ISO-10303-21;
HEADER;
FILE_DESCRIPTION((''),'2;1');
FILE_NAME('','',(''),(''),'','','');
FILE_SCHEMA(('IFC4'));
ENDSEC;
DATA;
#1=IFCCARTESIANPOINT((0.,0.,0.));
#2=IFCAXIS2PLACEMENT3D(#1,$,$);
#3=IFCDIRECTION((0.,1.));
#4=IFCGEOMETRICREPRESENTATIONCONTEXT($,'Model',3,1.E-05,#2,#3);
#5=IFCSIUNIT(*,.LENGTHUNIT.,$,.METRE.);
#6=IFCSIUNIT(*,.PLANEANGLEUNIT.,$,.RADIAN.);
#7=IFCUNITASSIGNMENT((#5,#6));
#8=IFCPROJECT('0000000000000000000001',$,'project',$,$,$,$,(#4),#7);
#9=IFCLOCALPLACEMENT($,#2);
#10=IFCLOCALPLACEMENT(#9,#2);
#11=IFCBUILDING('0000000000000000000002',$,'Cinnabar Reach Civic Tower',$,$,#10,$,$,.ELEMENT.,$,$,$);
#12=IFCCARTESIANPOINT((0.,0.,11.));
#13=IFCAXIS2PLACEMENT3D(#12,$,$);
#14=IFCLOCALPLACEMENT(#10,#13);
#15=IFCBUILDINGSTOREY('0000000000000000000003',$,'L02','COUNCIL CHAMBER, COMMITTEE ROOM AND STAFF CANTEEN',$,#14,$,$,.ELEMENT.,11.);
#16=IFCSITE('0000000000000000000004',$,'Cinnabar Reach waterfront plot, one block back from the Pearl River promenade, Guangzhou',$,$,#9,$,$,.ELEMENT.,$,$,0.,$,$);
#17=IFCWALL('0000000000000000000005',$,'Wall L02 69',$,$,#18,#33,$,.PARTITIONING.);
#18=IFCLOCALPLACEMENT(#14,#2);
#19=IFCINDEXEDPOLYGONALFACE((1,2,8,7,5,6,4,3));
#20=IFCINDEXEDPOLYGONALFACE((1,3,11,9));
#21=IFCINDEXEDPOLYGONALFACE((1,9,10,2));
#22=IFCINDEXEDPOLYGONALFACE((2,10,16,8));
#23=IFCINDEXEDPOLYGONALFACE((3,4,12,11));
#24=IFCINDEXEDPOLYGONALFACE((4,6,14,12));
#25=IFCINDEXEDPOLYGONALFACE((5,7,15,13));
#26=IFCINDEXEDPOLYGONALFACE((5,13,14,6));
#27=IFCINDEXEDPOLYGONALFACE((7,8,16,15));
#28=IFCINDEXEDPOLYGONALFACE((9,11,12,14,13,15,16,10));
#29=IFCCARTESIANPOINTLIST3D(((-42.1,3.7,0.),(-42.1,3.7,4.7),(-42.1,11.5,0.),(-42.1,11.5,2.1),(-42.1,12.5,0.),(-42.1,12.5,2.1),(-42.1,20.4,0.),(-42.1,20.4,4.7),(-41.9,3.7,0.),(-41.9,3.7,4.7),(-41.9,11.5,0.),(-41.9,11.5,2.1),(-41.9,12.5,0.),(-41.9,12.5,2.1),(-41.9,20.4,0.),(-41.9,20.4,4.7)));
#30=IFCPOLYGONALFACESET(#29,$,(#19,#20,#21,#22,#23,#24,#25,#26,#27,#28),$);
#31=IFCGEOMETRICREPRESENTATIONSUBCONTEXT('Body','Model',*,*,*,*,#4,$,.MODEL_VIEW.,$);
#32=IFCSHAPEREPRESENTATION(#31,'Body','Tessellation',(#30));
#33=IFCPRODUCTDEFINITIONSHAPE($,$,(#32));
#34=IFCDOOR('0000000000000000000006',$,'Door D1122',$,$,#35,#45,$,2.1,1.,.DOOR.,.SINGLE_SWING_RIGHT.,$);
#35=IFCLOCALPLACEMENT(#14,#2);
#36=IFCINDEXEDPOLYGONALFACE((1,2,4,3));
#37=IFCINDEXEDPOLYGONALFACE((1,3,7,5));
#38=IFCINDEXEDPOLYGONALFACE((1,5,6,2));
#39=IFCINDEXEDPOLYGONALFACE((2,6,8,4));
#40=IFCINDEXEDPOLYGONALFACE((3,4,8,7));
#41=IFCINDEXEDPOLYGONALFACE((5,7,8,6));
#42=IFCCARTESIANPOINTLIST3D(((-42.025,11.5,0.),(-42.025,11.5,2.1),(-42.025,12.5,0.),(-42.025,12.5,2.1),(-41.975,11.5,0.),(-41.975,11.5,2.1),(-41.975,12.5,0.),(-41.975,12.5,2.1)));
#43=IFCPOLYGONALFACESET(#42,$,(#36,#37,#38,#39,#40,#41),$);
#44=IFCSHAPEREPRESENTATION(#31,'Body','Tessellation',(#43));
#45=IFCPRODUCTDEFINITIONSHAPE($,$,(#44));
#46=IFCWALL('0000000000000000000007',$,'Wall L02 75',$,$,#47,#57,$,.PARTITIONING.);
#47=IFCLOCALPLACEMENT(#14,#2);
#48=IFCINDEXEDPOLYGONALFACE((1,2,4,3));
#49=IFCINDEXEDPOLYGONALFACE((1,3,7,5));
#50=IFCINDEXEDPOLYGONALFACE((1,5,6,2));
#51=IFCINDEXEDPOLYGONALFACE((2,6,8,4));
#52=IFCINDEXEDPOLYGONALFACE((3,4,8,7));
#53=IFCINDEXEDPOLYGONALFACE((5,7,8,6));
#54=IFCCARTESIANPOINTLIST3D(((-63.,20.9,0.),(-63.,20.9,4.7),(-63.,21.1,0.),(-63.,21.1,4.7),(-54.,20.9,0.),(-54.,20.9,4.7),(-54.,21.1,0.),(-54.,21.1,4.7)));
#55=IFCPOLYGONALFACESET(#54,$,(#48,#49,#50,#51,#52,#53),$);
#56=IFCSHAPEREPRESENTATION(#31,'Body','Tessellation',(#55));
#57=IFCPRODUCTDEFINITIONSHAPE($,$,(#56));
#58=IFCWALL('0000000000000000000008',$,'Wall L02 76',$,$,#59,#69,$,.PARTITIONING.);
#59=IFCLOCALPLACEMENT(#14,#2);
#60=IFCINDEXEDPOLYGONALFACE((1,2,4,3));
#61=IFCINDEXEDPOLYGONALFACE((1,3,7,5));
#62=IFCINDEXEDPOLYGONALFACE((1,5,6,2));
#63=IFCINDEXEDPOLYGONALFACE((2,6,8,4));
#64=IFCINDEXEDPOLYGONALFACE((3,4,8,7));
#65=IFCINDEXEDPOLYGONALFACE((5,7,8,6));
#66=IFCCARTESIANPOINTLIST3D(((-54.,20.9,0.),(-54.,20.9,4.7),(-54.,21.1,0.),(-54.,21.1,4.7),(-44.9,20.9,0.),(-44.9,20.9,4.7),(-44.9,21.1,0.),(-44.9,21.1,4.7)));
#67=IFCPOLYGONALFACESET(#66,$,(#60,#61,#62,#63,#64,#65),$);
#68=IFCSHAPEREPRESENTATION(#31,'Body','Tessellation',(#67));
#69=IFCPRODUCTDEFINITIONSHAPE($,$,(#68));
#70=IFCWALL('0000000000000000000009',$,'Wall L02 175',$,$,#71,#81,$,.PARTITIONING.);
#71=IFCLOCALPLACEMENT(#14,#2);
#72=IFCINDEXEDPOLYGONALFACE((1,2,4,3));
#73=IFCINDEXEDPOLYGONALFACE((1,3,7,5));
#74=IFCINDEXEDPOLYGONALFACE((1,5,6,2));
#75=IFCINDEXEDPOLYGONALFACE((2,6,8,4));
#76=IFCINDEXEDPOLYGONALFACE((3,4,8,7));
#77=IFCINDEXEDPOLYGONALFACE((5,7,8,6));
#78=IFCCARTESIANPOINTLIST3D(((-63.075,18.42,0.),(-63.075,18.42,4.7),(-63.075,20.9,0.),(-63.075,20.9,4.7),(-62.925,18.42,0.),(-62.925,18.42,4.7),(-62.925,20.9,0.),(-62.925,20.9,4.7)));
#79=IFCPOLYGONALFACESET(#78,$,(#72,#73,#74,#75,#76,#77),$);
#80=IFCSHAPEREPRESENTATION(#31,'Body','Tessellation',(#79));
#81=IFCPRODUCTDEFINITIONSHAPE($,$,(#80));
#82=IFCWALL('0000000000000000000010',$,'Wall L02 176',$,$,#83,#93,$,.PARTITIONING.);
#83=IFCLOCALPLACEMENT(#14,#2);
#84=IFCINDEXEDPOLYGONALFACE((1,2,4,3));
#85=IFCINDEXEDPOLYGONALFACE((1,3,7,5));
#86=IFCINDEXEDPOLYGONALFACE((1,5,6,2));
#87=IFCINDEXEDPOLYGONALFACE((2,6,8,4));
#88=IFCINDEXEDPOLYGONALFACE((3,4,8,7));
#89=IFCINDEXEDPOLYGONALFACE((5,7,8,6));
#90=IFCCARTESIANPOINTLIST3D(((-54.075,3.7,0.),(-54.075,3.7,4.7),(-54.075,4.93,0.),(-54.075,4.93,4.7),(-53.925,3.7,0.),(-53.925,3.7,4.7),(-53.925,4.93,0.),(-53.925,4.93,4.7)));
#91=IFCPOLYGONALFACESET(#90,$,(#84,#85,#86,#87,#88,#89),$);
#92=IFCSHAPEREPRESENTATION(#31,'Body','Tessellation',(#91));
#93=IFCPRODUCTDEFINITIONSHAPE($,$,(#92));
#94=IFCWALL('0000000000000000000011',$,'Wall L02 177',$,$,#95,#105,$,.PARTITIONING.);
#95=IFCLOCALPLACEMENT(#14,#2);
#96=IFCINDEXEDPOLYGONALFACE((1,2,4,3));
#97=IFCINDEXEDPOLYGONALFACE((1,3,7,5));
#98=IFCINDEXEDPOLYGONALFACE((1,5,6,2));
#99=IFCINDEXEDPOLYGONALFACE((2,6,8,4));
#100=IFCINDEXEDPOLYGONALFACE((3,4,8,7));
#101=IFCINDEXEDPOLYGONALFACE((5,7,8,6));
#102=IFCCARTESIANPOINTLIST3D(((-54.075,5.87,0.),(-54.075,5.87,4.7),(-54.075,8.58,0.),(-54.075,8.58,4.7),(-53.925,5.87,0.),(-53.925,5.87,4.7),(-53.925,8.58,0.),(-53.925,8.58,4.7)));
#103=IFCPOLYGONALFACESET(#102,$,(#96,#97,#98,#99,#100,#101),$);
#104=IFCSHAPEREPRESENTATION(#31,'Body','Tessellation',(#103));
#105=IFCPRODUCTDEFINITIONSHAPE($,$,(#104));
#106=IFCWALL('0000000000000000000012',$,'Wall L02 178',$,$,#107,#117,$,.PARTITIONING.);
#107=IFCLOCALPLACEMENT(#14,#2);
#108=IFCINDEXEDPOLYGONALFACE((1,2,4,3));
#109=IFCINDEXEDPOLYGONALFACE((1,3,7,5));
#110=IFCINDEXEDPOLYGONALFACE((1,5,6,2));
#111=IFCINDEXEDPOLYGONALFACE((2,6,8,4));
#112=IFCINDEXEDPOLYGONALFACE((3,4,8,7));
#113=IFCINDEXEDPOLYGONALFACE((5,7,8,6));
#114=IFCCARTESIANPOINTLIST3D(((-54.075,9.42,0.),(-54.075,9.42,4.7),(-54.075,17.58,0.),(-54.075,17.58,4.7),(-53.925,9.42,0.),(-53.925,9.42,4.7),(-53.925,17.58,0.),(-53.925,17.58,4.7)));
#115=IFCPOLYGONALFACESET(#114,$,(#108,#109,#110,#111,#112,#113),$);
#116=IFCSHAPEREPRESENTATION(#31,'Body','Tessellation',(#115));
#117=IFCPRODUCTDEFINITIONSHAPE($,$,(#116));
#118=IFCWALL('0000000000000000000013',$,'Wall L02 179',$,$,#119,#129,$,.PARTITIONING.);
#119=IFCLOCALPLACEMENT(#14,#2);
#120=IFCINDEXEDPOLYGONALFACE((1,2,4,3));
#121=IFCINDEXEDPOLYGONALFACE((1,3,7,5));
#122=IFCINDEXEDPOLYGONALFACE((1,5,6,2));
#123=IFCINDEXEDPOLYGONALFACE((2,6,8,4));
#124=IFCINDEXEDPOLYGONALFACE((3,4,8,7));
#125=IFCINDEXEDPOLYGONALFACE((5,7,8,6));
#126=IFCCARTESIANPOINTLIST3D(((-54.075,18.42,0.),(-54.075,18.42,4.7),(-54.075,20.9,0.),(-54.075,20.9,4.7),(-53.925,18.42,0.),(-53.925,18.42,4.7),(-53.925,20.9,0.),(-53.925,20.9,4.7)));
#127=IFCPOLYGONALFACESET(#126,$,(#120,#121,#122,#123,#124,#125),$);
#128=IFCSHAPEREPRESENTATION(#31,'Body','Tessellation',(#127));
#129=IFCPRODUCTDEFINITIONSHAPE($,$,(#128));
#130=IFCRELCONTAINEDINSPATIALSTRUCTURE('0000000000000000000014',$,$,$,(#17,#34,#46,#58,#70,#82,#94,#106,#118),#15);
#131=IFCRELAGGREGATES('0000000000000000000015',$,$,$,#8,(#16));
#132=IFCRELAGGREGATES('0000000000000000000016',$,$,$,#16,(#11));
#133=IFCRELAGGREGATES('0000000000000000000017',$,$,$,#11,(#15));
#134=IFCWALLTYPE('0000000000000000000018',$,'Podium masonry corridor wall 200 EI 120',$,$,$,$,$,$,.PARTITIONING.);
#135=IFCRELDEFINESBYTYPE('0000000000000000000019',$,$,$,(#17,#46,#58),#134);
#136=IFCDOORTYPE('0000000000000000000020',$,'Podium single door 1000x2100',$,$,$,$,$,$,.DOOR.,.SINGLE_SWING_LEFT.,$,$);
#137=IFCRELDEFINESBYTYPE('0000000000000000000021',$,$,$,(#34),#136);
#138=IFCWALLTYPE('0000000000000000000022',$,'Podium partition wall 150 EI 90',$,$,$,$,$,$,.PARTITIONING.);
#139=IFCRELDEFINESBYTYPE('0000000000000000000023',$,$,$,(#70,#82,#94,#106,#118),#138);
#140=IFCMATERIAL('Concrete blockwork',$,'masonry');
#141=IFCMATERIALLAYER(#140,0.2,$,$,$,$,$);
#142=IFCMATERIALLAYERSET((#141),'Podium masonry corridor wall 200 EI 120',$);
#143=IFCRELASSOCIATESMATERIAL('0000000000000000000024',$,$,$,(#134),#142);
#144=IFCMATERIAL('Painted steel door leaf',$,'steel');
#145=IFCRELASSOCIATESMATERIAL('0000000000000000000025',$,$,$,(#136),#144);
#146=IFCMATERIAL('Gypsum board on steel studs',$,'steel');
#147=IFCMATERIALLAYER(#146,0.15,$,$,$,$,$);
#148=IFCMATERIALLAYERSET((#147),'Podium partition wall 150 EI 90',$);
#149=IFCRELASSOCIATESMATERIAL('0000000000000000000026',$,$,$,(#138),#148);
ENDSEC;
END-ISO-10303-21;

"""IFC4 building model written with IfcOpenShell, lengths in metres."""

from ifc_helpers import new_model, si_unit, direction, frame, frame_2d, origin, place, context, subcontext, project, spatial, rectangle, extrude, material, layer, layer_set, type_object, element, fill, save


model = new_model("IFC4")

# Units and contexts
model_context = context("Model", 3, precision=1e-05, world=origin(), true_north=direction((0.0, 1.0)))
body_context = subcontext(model_context, "Body", "Model", "MODEL_VIEW")
ifc_project = project(units=[si_unit("LENGTHUNIT", "METRE"), si_unit("PLANEANGLEUNIT", "RADIAN")], contexts=[model_context])

# Site, building, storey
site_placement = place(None, origin())
site = spatial("IfcSite", under=ifc_project, at=site_placement, Name="Cinnabar Reach waterfront plot, one block back from the Pearl River promenade, Guangzhou", CompositionType="ELEMENT", RefElevation=0.0)
building_placement = place(site_placement, origin())
building = spatial("IfcBuilding", under=site, at=building_placement, Name="Cinnabar Reach Civic Tower", CompositionType="ELEMENT")
storey_placement = place(building_placement, frame((0.0, 0.0, 11.0)))
storey = spatial("IfcBuildingStorey", under=building, at=storey_placement, Name="L02", Description="COUNCIL CHAMBER, COMMITTEE ROOM AND STAFF CANTEEN", CompositionType="ELEMENT", Elevation=11.0)

# Shared definitions
ifc_material_1 = material(Name="Concrete blockwork", Category="masonry")
ifc_layer_1 = layer(ifc_material_1, 0.2)
ifc_layer_set_1 = layer_set([ifc_layer_1], Name="Podium masonry corridor wall 200 EI 120")
wall_type_1 = type_object("IfcWallType", Name="Podium masonry corridor wall 200 EI 120", PredefinedType="PARTITIONING", material=ifc_layer_set_1)

# Shared definitions
ifc_material_2 = material(Name="Painted steel door leaf", Category="steel")
door_type = type_object("IfcDoorType", Name="Podium single door 1000x2100", OperationType="SINGLE_SWING_LEFT", PredefinedType="DOOR", material=ifc_material_2)

# Wall, opening, door
wall_1_placement = place(storey_placement, frame((-42.0, 3.7, 0.0), z_axis=(0.0, 0.0, 1.0), x_axis=(0.0, 1.0, 0.0)))
wall_1 = element("IfcWall", 1, at=wall_1_placement, inside=storey, type_object=wall_type_1, Name="Wall L02 69", PredefinedType="PARTITIONING", context=body_context, shape_type="SweptSolid", body=[
    extrude(rectangle(XDim=16.7, YDim=0.2, at=frame_2d((8.35, 0.0))), origin(), (0.0, 0.0, 1.0), 4.7),
])
opening_1_placement = place(wall_1_placement, frame((7.8, 0.0, 0.0)))
opening_1 = element("IfcOpeningElement", 2, at=opening_1_placement, cuts=wall_1, PredefinedType="OPENING", context=body_context, shape_type="SweptSolid", body=[
    extrude(rectangle(XDim=1.0, YDim=2.1, at=frame_2d((0.5, 1.05))), frame((0.0, 0.11, 0.0), z_axis=(0.0, -1.0, 0.0), x_axis=(1.0, 0.0, 0.0)), (0.0, 0.0, 1.0), 0.22),
])
door_1_placement = place(opening_1_placement, frame((1.0, 0.0, 0.0), z_axis=(0.0, 0.0, 1.0), x_axis=(-1.0, 0.0, 0.0)))
door_1 = element("IfcDoor", 3, at=door_1_placement, inside=storey, type_object=door_type, Name="Door D1122", OperationType="SINGLE_SWING_RIGHT", OverallHeight=2.1, OverallWidth=1.0, PredefinedType="DOOR", context=body_context, shape_type="SweptSolid", body=[
    extrude(rectangle(XDim=1.0, YDim=2.1, at=frame_2d((0.5, 1.05))), frame((0.0, 0.025, 0.0), z_axis=(0.0, -1.0, 0.0), x_axis=(1.0, 0.0, 0.0)), (0.0, 0.0, 1.0), 0.05),
])
fill(opening_1, door_1)

# Walls
wall_2_placement = place(storey_placement, frame((-63.0, 21.0, 0.0), z_axis=(0.0, 0.0, 1.0), x_axis=(1.0, 0.0, 0.0)))
element("IfcWall", 4, at=wall_2_placement, inside=storey, type_object=wall_type_1, Name="Wall L02 75", PredefinedType="PARTITIONING", context=body_context, shape_type="SweptSolid", body=[
    extrude(rectangle(XDim=9.0, YDim=0.2, at=frame_2d((4.5, 0.0))), origin(), (0.0, 0.0, 1.0), 4.7),
])
wall_3_placement = place(storey_placement, frame((-54.0, 21.0, 0.0), z_axis=(0.0, 0.0, 1.0), x_axis=(1.0, 0.0, 0.0)))
element("IfcWall", 5, at=wall_3_placement, inside=storey, type_object=wall_type_1, Name="Wall L02 76", PredefinedType="PARTITIONING", context=body_context, shape_type="SweptSolid", body=[
    extrude(rectangle(XDim=9.1, YDim=0.2, at=frame_2d((4.55, 0.0))), origin(), (0.0, 0.0, 1.0), 4.7),
])
ifc_material_3 = material(Name="Gypsum board on steel studs", Category="steel")
ifc_layer_2 = layer(ifc_material_3, 0.15)
ifc_layer_set_2 = layer_set([ifc_layer_2], Name="Podium partition wall 150 EI 90")
wall_type_2 = type_object("IfcWallType", Name="Podium partition wall 150 EI 90", PredefinedType="PARTITIONING", material=ifc_layer_set_2)
wall_4_placement = place(storey_placement, frame((-63.0, 18.42, 0.0), z_axis=(0.0, 0.0, 1.0), x_axis=(0.0, 1.0, 0.0)))
element("IfcWall", 6, at=wall_4_placement, inside=storey, type_object=wall_type_2, Name="Wall L02 175", PredefinedType="PARTITIONING", context=body_context, shape_type="SweptSolid", body=[
    extrude(rectangle(XDim=2.48, YDim=0.15, at=frame_2d((1.24, 0.0))), origin(), (0.0, 0.0, 1.0), 4.7),
])
wall_5_placement = place(storey_placement, frame((-54.0, 3.7, 0.0), z_axis=(0.0, 0.0, 1.0), x_axis=(0.0, 1.0, 0.0)))
element("IfcWall", 7, at=wall_5_placement, inside=storey, type_object=wall_type_2, Name="Wall L02 176", PredefinedType="PARTITIONING", context=body_context, shape_type="SweptSolid", body=[
    extrude(rectangle(XDim=1.23, YDim=0.15, at=frame_2d((0.615, 0.0))), origin(), (0.0, 0.0, 1.0), 4.7),
])
wall_6_placement = place(storey_placement, frame((-54.0, 5.87, 0.0), z_axis=(0.0, 0.0, 1.0), x_axis=(0.0, 1.0, 0.0)))
element("IfcWall", 8, at=wall_6_placement, inside=storey, type_object=wall_type_2, Name="Wall L02 177", PredefinedType="PARTITIONING", context=body_context, shape_type="SweptSolid", body=[
    extrude(rectangle(XDim=2.71, YDim=0.15, at=frame_2d((1.355, 0.0))), origin(), (0.0, 0.0, 1.0), 4.7),
])
wall_7_placement = place(storey_placement, frame((-54.0, 9.42, 0.0), z_axis=(0.0, 0.0, 1.0), x_axis=(0.0, 1.0, 0.0)))
element("IfcWall", 9, at=wall_7_placement, inside=storey, type_object=wall_type_2, Name="Wall L02 178", PredefinedType="PARTITIONING", context=body_context, shape_type="SweptSolid", body=[
    extrude(rectangle(XDim=8.16, YDim=0.15, at=frame_2d((4.08, 0.0))), origin(), (0.0, 0.0, 1.0), 4.7),
])
wall_8_placement = place(storey_placement, frame((-54.0, 18.42, 0.0), z_axis=(0.0, 0.0, 1.0), x_axis=(0.0, 1.0, 0.0)))
element("IfcWall", 10, at=wall_8_placement, inside=storey, type_object=wall_type_2, Name="Wall L02 179", PredefinedType="PARTITIONING", context=body_context, shape_type="SweptSolid", body=[
    extrude(rectangle(XDim=2.48, YDim=0.15, at=frame_2d((1.24, 0.0))), origin(), (0.0, 0.0, 1.0), 4.7),
])

save(model, "model.ifc")
